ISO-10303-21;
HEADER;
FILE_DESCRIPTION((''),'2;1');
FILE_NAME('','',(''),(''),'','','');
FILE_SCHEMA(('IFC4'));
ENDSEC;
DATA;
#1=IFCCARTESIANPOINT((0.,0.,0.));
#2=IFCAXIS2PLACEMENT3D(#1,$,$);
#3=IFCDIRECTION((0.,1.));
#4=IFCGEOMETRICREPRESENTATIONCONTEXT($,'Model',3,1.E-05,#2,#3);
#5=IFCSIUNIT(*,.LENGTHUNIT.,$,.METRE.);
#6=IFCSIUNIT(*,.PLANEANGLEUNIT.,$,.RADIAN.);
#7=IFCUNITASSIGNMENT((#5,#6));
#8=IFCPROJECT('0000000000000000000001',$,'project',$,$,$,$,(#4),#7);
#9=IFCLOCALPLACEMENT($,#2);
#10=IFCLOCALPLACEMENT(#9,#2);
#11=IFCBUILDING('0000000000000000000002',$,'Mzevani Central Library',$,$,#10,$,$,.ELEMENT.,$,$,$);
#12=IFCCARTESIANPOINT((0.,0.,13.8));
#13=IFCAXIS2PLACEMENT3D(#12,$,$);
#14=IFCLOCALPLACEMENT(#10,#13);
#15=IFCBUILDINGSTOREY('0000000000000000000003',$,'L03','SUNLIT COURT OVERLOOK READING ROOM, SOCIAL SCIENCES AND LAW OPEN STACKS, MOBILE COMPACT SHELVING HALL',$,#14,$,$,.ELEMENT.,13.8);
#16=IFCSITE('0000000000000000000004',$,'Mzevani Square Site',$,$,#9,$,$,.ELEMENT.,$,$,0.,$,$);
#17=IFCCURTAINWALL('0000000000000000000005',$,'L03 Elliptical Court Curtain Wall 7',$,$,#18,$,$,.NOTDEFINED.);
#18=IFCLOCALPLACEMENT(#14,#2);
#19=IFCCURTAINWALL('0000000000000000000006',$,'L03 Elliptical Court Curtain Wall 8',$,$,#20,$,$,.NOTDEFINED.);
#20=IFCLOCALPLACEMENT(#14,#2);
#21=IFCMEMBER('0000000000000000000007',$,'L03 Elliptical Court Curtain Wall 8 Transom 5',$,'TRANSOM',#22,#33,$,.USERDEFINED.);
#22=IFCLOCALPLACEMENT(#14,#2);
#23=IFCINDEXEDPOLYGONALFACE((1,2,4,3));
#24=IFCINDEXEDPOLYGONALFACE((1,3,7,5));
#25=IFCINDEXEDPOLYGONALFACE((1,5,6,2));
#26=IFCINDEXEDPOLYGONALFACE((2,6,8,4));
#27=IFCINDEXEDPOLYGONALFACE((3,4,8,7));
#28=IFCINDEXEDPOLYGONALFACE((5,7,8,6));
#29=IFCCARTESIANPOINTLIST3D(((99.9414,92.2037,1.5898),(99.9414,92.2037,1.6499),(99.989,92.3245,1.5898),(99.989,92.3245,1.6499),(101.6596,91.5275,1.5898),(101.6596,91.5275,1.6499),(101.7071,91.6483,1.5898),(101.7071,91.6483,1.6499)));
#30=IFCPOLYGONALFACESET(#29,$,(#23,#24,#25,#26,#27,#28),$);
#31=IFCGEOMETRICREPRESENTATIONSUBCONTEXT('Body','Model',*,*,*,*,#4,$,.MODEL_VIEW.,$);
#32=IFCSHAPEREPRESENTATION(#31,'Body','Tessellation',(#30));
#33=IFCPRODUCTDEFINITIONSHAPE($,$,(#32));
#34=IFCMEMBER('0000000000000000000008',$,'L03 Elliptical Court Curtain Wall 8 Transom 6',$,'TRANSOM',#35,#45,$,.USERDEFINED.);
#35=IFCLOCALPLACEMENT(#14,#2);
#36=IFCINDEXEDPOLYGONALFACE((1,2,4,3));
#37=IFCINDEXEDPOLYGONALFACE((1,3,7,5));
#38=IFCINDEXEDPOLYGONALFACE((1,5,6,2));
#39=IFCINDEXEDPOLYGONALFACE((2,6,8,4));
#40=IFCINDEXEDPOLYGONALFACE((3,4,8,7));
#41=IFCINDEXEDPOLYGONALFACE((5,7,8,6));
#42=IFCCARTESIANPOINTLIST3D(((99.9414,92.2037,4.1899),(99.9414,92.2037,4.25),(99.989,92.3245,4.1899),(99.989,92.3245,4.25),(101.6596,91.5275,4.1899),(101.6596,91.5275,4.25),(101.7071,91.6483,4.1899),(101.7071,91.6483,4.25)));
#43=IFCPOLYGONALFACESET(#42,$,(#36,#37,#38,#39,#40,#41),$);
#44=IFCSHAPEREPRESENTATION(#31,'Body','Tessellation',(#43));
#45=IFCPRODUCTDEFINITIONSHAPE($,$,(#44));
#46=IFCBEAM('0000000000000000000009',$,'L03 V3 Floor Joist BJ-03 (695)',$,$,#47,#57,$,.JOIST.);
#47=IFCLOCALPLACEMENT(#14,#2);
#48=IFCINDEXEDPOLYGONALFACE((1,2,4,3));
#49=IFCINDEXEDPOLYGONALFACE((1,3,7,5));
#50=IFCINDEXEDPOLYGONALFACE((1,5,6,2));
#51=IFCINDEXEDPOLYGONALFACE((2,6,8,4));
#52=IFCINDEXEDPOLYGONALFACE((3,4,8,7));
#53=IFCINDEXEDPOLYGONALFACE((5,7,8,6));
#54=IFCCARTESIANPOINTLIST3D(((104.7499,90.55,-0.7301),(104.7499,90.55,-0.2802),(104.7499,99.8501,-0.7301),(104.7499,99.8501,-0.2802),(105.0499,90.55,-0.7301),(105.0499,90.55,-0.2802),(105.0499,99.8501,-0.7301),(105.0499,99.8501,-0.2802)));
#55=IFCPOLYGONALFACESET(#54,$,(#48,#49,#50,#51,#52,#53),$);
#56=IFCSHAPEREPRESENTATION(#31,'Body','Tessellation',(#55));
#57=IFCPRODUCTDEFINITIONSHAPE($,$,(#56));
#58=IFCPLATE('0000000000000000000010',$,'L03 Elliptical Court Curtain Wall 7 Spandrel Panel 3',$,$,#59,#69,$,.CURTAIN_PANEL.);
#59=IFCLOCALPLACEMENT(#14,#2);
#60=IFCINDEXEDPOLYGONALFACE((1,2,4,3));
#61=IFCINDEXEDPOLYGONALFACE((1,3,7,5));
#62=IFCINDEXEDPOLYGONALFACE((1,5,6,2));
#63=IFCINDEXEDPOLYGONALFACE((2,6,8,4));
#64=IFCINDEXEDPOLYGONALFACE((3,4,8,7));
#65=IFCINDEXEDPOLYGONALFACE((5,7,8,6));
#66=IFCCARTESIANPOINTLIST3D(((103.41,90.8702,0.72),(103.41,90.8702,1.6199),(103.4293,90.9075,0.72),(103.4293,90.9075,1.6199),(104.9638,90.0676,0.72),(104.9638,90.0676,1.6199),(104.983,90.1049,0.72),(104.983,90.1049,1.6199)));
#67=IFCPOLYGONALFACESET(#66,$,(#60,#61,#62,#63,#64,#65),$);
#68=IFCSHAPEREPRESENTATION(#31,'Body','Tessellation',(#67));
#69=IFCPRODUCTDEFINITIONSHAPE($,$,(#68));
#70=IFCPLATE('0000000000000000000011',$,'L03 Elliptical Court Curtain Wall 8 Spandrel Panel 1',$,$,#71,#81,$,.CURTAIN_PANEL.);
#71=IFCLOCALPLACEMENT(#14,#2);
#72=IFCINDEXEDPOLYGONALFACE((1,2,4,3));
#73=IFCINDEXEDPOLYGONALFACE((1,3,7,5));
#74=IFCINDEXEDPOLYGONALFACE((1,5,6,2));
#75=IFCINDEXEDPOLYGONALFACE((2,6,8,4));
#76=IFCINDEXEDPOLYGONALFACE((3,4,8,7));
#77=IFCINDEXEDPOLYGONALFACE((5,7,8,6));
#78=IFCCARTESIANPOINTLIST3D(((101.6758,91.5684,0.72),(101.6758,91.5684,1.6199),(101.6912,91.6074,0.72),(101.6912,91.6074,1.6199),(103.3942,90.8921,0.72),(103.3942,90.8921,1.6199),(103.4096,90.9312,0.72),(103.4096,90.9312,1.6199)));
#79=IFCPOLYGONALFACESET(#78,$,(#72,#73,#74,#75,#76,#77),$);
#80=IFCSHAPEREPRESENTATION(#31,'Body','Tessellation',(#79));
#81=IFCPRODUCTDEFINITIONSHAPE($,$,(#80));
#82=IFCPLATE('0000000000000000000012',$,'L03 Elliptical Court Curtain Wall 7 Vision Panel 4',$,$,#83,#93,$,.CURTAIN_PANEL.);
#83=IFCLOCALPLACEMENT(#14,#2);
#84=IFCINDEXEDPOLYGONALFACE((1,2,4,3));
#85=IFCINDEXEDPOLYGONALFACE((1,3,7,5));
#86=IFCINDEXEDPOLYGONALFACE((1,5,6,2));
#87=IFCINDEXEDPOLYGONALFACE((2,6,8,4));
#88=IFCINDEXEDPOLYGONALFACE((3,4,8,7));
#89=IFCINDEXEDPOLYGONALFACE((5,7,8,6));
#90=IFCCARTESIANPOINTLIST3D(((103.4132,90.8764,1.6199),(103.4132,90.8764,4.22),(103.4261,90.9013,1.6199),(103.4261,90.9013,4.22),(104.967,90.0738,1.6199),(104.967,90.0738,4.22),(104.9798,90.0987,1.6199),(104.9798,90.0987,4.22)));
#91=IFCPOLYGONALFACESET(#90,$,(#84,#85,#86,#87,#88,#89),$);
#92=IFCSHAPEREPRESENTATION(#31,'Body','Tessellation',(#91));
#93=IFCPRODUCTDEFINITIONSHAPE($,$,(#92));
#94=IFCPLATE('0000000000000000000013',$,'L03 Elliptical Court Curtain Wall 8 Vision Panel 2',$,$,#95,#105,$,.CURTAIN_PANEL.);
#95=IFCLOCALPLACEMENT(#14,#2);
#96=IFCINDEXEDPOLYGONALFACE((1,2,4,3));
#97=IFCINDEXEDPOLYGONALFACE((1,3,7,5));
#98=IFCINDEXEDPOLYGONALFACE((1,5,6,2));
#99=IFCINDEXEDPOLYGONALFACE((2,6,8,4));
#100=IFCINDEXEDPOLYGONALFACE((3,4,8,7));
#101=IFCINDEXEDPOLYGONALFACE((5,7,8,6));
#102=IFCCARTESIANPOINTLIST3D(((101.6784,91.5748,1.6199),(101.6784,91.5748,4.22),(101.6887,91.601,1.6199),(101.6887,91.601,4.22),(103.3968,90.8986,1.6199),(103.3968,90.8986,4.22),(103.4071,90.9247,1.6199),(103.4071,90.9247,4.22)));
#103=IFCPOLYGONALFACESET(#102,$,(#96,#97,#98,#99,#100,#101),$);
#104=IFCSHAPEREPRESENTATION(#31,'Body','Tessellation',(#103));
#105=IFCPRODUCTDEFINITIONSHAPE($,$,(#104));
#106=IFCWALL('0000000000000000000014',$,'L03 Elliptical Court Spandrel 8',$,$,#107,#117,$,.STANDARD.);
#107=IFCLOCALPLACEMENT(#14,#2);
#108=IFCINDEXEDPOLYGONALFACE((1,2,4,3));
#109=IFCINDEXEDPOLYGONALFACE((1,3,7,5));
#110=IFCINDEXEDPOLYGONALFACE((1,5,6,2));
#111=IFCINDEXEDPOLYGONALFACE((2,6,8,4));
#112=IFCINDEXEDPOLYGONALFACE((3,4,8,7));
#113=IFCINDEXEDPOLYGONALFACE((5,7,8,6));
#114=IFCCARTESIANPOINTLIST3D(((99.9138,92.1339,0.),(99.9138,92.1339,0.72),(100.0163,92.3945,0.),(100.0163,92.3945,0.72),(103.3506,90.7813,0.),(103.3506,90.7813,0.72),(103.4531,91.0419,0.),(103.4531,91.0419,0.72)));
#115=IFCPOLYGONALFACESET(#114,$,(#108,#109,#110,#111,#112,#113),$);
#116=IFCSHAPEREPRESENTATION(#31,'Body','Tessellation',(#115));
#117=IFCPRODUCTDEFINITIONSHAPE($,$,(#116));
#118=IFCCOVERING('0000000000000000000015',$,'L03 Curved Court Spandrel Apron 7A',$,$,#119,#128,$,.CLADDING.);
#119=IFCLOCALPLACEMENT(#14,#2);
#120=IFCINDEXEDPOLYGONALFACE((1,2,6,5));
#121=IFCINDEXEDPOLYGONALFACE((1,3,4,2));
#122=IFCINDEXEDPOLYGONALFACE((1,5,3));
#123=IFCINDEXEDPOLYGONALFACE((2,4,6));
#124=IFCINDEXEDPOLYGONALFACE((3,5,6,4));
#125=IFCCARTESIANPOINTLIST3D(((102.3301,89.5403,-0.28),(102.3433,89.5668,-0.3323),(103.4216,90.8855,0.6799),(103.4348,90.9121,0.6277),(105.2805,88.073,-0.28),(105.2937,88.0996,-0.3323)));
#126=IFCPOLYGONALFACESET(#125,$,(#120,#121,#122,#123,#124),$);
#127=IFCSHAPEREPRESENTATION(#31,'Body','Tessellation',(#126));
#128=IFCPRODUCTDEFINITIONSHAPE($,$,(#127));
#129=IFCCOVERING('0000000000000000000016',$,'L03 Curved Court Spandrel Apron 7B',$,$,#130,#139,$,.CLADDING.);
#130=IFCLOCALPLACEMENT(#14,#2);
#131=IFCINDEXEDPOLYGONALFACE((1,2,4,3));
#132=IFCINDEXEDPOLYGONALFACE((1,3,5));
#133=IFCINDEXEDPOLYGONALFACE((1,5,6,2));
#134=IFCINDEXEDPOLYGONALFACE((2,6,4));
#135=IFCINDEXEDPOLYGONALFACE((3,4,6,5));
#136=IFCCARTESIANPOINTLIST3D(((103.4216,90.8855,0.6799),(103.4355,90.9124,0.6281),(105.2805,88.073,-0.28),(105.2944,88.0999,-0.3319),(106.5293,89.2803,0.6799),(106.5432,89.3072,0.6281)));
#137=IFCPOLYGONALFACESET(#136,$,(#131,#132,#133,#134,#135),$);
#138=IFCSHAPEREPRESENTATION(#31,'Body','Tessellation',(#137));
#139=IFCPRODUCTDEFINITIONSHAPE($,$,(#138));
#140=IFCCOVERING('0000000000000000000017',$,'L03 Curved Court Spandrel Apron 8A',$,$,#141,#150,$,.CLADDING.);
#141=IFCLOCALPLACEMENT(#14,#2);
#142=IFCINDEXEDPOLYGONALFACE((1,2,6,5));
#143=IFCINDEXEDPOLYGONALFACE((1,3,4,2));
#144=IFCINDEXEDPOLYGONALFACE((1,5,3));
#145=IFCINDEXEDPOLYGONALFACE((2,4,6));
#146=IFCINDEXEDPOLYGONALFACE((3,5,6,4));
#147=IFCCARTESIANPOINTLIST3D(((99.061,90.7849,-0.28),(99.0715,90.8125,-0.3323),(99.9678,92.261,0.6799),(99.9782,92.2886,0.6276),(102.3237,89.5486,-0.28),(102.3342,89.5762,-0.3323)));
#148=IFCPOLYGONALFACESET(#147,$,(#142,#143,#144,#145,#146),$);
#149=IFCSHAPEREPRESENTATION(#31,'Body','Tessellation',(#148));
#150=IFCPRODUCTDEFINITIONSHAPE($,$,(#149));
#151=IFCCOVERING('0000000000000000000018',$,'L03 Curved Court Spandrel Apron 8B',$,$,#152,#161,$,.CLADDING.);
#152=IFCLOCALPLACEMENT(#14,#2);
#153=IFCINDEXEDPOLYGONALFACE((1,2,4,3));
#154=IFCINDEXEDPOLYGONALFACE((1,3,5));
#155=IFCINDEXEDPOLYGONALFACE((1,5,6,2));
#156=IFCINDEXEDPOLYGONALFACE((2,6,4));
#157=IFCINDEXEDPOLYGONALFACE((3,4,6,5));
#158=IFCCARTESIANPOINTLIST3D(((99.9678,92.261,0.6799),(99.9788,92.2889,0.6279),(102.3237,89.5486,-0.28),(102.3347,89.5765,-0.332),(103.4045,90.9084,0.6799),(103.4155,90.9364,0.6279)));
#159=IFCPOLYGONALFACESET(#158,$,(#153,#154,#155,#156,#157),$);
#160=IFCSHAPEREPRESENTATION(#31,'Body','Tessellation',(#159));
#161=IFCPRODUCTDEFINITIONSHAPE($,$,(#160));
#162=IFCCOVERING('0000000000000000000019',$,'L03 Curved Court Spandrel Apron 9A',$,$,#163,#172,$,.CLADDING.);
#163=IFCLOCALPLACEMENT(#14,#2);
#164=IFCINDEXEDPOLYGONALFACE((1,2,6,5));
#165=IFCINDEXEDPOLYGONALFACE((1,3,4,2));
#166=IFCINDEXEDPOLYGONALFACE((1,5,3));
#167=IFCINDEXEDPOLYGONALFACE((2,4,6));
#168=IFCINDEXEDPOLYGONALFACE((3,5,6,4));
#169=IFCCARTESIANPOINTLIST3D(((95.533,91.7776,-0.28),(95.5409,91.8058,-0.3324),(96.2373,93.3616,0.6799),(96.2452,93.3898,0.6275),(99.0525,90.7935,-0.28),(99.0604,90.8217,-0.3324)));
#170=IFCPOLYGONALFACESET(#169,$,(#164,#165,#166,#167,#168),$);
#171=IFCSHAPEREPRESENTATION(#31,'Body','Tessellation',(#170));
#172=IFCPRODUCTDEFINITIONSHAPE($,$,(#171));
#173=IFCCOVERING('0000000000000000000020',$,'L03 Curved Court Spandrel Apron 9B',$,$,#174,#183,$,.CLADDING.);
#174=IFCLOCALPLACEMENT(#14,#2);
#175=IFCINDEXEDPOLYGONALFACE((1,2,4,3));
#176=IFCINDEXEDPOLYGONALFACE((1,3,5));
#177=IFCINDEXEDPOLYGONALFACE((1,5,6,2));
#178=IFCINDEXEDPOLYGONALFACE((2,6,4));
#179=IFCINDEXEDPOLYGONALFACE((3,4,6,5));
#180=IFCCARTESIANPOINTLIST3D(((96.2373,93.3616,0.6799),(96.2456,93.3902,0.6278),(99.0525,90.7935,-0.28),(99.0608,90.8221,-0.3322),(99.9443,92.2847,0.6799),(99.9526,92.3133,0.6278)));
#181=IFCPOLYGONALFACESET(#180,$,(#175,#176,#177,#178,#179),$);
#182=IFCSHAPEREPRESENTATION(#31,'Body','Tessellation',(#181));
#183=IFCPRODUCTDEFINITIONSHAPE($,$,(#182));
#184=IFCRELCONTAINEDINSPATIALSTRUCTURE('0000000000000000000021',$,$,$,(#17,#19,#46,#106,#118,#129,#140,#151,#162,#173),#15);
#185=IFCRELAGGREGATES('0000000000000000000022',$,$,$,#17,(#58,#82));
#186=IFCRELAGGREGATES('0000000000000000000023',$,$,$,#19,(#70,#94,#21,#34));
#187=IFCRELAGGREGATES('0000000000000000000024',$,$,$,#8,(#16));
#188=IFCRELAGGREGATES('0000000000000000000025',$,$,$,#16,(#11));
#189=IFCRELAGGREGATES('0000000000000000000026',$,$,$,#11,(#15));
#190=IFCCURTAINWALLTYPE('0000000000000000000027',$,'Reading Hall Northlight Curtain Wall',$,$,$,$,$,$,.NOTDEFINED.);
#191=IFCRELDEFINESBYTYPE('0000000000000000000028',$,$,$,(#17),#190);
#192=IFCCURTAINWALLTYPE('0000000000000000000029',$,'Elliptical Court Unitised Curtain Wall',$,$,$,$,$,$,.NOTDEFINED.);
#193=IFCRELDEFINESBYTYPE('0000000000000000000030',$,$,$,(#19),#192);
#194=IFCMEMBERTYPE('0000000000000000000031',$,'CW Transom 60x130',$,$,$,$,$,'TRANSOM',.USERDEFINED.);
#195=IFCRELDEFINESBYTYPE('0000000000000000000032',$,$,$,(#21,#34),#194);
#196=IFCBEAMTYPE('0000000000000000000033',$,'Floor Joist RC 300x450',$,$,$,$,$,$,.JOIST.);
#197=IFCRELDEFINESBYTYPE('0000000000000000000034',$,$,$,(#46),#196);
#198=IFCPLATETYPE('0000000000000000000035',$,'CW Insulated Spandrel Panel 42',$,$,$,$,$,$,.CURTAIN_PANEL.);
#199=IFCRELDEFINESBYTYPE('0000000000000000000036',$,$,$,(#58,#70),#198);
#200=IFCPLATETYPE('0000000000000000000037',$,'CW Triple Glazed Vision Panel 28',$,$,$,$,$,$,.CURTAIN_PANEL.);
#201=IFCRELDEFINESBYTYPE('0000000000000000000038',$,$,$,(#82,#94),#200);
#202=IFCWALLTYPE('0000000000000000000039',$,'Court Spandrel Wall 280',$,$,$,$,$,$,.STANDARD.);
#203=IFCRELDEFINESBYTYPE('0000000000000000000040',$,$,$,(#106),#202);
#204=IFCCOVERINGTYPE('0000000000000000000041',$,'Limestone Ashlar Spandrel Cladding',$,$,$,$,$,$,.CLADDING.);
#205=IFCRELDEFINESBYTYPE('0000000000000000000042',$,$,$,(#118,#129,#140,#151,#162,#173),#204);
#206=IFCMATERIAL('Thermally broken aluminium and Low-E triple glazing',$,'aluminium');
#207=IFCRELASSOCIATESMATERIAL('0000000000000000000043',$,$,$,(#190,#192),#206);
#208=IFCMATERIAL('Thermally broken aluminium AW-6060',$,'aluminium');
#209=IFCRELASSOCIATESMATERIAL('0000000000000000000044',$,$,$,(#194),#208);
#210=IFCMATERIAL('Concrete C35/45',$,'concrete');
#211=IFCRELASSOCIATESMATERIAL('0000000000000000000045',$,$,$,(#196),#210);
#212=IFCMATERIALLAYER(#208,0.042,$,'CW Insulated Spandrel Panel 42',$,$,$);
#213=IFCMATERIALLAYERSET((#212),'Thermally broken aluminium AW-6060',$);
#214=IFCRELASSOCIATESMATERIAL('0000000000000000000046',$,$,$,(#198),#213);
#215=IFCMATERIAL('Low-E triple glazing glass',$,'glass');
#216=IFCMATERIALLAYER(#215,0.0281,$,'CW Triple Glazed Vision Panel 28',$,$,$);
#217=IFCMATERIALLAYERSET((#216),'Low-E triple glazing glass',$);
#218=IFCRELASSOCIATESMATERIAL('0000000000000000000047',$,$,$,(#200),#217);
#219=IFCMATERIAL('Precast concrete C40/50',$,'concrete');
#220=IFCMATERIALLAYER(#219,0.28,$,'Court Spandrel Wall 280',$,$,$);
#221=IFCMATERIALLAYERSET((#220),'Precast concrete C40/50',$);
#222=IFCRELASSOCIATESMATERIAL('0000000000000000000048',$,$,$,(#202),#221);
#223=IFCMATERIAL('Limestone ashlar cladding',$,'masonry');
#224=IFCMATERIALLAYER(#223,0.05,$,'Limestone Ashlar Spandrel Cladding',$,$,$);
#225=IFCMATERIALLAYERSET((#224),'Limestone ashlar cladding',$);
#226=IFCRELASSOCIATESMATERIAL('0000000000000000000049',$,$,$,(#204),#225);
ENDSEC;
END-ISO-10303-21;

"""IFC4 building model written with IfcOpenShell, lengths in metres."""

from ifc_helpers import new_model, si_unit, direction, frame, frame_2d, origin, origin_2d, place, context, subcontext, project, spatial, polyline, rectangle, outline, extrude, material, layer, layer_set, material_profile, profile_set, type_object, element, aggregate, save


model = new_model("IFC4")

# Units and contexts
model_context = context("Model", 3, precision=1e-05, world=origin(), true_north=direction((0.0, 1.0)))
body_context = subcontext(model_context, "Body", "Model", "MODEL_VIEW")
ifc_project = project(units=[si_unit("LENGTHUNIT", "METRE"), si_unit("PLANEANGLEUNIT", "RADIAN")], contexts=[model_context])

# Site, building, storey
site_placement = place(None, origin())
site = spatial("IfcSite", under=ifc_project, at=site_placement, Name="Mzevani Square Site", CompositionType="ELEMENT", RefElevation=0.0)
building_placement = place(site_placement, origin())
building = spatial("IfcBuilding", under=site, at=building_placement, Name="Mzevani Central Library", CompositionType="ELEMENT")
storey_placement = place(building_placement, frame((0.0, 0.0, 13.8)))
storey = spatial("IfcBuildingStorey", under=building, at=storey_placement, Name="L03", Description="SUNLIT COURT OVERLOOK READING ROOM, SOCIAL SCIENCES AND LAW OPEN STACKS, MOBILE COMPACT SHELVING HALL", CompositionType="ELEMENT", Elevation=13.8)

# Shared definitions
ifc_material_1 = material(Name="Concrete C35/45", Category="concrete")

# Curtain walls
ifc_material_2 = material(Name="Thermally broken aluminium and Low-E triple glazing", Category="aluminium")
curtain_wall_type_1 = type_object("IfcCurtainWallType", Name="Reading Hall Northlight Curtain Wall", PredefinedType="NOTDEFINED", material=ifc_material_2)
curtain_wall_1_placement = place(storey_placement, origin())
curtain_wall_1 = element("IfcCurtainWall", 1, at=curtain_wall_1_placement, inside=storey, type_object=curtain_wall_type_1, Name="L03 Elliptical Court Curtain Wall 7", PredefinedType="NOTDEFINED")
ifc_material_3 = material(Name="Thermally broken aluminium AW-6060", Category="aluminium")
curtain_wall_type_2 = type_object("IfcCurtainWallType", Name="Elliptical Court Unitised Curtain Wall", PredefinedType="NOTDEFINED", material=ifc_material_2)
curtain_wall_2_placement = place(storey_placement, origin())
curtain_wall_2 = element("IfcCurtainWall", 2, at=curtain_wall_2_placement, inside=storey, type_object=curtain_wall_type_2, Name="L03 Elliptical Court Curtain Wall 8", PredefinedType="NOTDEFINED")

# Members
ifc_material_profile_1 = material_profile(ifc_material_3, rectangle(XDim=0.1299, YDim=0.0601, at=origin_2d()), Name="ALU T60x130")
ifc_profile_set_1 = profile_set([ifc_material_profile_1], Name="Thermally broken aluminium AW-6060")
member_type_1 = type_object("IfcMemberType", Name="CW Transom 60x130", ElementType="TRANSOM", PredefinedType="USERDEFINED", material=ifc_profile_set_1)
member_1_placement = place(storey_placement, frame((101.6833, 91.5879, 1.6199), z_axis=(-0.930523, 0.366233, 0.0), x_axis=(-0.366233, -0.930523, 0.0)))
member_1 = element("IfcMember", 3, at=member_1_placement, type_object=member_type_1, Name="L03 Elliptical Court Curtain Wall 8 Transom 5", ObjectType="TRANSOM", PredefinedType="USERDEFINED", context=body_context, shape_type="SweptSolid", body=[
    extrude(rectangle(XDim=0.1299, YDim=0.0601, at=origin_2d()), origin(), (0.0, 0.0, 1.0), 1.8464),
])
member_2_placement = place(storey_placement, frame((101.6833, 91.5879, 4.22), z_axis=(-0.930523, 0.366233, 0.0), x_axis=(-0.366233, -0.930523, 0.0)))
member_2 = element("IfcMember", 4, at=member_2_placement, type_object=member_type_1, Name="L03 Elliptical Court Curtain Wall 8 Transom 6", ObjectType="TRANSOM", PredefinedType="USERDEFINED", context=body_context, shape_type="SweptSolid", body=[
    extrude(rectangle(XDim=0.1299, YDim=0.0601, at=origin_2d()), origin(), (0.0, 0.0, 1.0), 1.8464),
])

# Beam
ifc_material_profile_2 = material_profile(ifc_material_1, rectangle(XDim=0.3, YDim=0.45, at=origin_2d()), Name="RC J300x450")
ifc_profile_set_2 = profile_set([ifc_material_profile_2], Name="Concrete C35/45")
beam_type_1 = type_object("IfcBeamType", Name="Floor Joist RC 300x450", PredefinedType="JOIST", material=ifc_profile_set_2)
beam_1_placement = place(storey_placement, frame((104.8999, 90.55, -0.5051), z_axis=(0.0, 1.0, 0.0), x_axis=(-1.0, 0.0, 0.0)))
element("IfcBeam", 5, at=beam_1_placement, inside=storey, type_object=beam_type_1, Name="L03 V3 Floor Joist BJ-03 (695)", PredefinedType="JOIST", context=body_context, shape_type="SweptSolid", body=[
    extrude(rectangle(XDim=0.3, YDim=0.45, at=origin_2d()), origin(), (0.0, 0.0, 1.0), 9.3),
])

# Plates
ifc_layer_1 = layer(ifc_material_3, 0.042, Name="CW Insulated Spandrel Panel 42")
ifc_layer_set_1 = layer_set([ifc_layer_1], Name="Thermally broken aluminium AW-6060")
plate_type_1 = type_object("IfcPlateType", Name="CW Insulated Spandrel Panel 42", PredefinedType="CURTAIN_PANEL", material=ifc_layer_set_1)
plate_1_placement = place(storey_placement, frame((104.1965, 90.4875, 0.72), z_axis=(0.0, 0.0, 1.0), x_axis=(-0.888466, 0.458943, 0.0)))
plate_1 = element("IfcPlate", 6, at=plate_1_placement, type_object=plate_type_1, Name="L03 Elliptical Court Curtain Wall 7 Spandrel Panel 3", PredefinedType="CURTAIN_PANEL", context=body_context, shape_type="SweptSolid", body=[
    extrude(rectangle(XDim=1.7488, YDim=0.042, at=origin_2d()), origin(), (0.0, 0.0, 1.0), 0.8999),
])
plate_2_placement = place(storey_placement, frame((102.5427, 91.2498, 0.72), z_axis=(0.0, 0.0, 1.0), x_axis=(-0.930531, 0.366212, 0.0)))
plate_2 = element("IfcPlate", 7, at=plate_2_placement, type_object=plate_type_1, Name="L03 Elliptical Court Curtain Wall 8 Spandrel Panel 1", PredefinedType="CURTAIN_PANEL", context=body_context, shape_type="SweptSolid", body=[
    extrude(rectangle(XDim=1.8467, YDim=0.042, at=origin_2d()), origin(), (0.0, 0.0, 1.0), 0.8999),
])
ifc_material_4 = material(Name="Low-E triple glazing glass", Category="glass")
ifc_layer_2 = layer(ifc_material_4, 0.0281, Name="CW Triple Glazed Vision Panel 28")
ifc_layer_set_2 = layer_set([ifc_layer_2], Name="Low-E triple glazing glass")
plate_type_2 = type_object("IfcPlateType", Name="CW Triple Glazed Vision Panel 28", PredefinedType="CURTAIN_PANEL", material=ifc_layer_set_2)
plate_3_placement = place(storey_placement, frame((104.1965, 90.4875, 1.6199), z_axis=(0.0, 0.0, 1.0), x_axis=(-0.888466, 0.458943, 0.0)))
plate_3 = element("IfcPlate", 8, at=plate_3_placement, type_object=plate_type_2, Name="L03 Elliptical Court Curtain Wall 7 Vision Panel 4", PredefinedType="CURTAIN_PANEL", context=body_context, shape_type="SweptSolid", body=[
    extrude(rectangle(XDim=1.7488, YDim=0.0281, at=origin_2d()), origin(), (0.0, 0.0, 1.0), 2.6001),
])
aggregate(curtain_wall_1, [plate_1, plate_3])
plate_4_placement = place(storey_placement, frame((102.5427, 91.2498, 1.6199), z_axis=(0.0, 0.0, 1.0), x_axis=(-0.930531, 0.366212, 0.0)))
plate_4 = element("IfcPlate", 9, at=plate_4_placement, type_object=plate_type_2, Name="L03 Elliptical Court Curtain Wall 8 Vision Panel 2", PredefinedType="CURTAIN_PANEL", context=body_context, shape_type="SweptSolid", body=[
    extrude(rectangle(XDim=1.8467, YDim=0.0281, at=origin_2d()), origin(), (0.0, 0.0, 1.0), 2.6001),
])
aggregate(curtain_wall_2, [plate_2, plate_4, member_1, member_2])

# Wall
ifc_material_5 = material(Name="Precast concrete C40/50", Category="concrete")
ifc_layer_3 = layer(ifc_material_5, 0.28, Name="Court Spandrel Wall 280")
ifc_layer_set_3 = layer_set([ifc_layer_3], Name="Precast concrete C40/50")
wall_type = type_object("IfcWallType", Name="Court Spandrel Wall 280", PredefinedType="STANDARD", material=ifc_layer_set_3)
wall_placement = place(storey_placement, frame((103.4019, 90.9116, 0.0), z_axis=(0.0, 0.0, 1.0), x_axis=(-0.930532, 0.366211, 0.0)))
element("IfcWall", 10, at=wall_placement, inside=storey, type_object=wall_type, Name="L03 Elliptical Court Spandrel 8", PredefinedType="STANDARD", context=body_context, shape_type="SweptSolid", body=[
    extrude(rectangle(XDim=3.6934, YDim=0.28, at=frame_2d((1.8467, 0.0))), origin(), (0.0, 0.0, 1.0), 0.72),
])

# Coverings
ifc_material_6 = material(Name="Limestone ashlar cladding", Category="masonry")
ifc_layer_4 = layer(ifc_material_6, 0.05, Name="Limestone Ashlar Spandrel Cladding")
ifc_layer_set_4 = layer_set([ifc_layer_4], Name="Limestone ashlar cladding")
covering_type = type_object("IfcCoveringType", Name="Limestone Ashlar Spandrel Cladding", PredefinedType="CLADDING", material=ifc_layer_set_4)
covering_1_placement = place(storey_placement, frame((105.2805, 88.073, -0.28), z_axis=(-0.219876, -0.44213, 0.869584), x_axis=(-0.895388, 0.445286, 0.0)))
element("IfcCovering", 11, at=covering_1_placement, inside=storey, type_object=covering_type, Name="L03 Curved Court Spandrel Apron 7A", PredefinedType="CLADDING", context=body_context, shape_type="SweptSolid", body=[
    extrude(outline(polyline([(0.0, 0.0), (3.2952, 0.0), (2.9168, -1.9441), (0.0, 0.0)])), origin(), (0.0, 0.0, -1.0), 0.0601),
])
covering_2_placement = place(storey_placement, frame((105.2805, 88.073, -0.28), z_axis=(-0.231232, -0.447658, 0.86379), x_axis=(-0.530307, 0.802356, 0.27386)))
element("IfcCovering", 12, at=covering_2_placement, inside=storey, type_object=covering_type, Name="L03 Curved Court Spandrel Apron 7B", PredefinedType="CLADDING", context=body_context, shape_type="SweptSolid", body=[
    extrude(outline(polyline([(0.0, 0.0), (3.5053, 0.0), (0.5693, -1.9011), (0.0, 0.0)])), origin(), (0.0, 0.0, -1.0), 0.0601),
])
covering_3_placement = place(storey_placement, frame((102.3237, 89.5486, -0.28), z_axis=(-0.174108, -0.459474, 0.87096), x_axis=(-0.935116, 0.354342, 0.0)))
element("IfcCovering", 13, at=covering_3_placement, inside=storey, type_object=covering_type, Name="L03 Curved Court Spandrel Apron 8A", PredefinedType="CLADDING", context=body_context, shape_type="SweptSolid", body=[
    extrude(outline(polyline([(0.0, 0.0), (3.4891, 0.0), (3.1642, -1.9537), (0.0, 0.0)])), origin(), (0.0, 0.0, -1.0), 0.0601),
])
covering_4_placement = place(storey_placement, frame((102.3237, 89.5486, -0.28), z_axis=(-0.183229, -0.465581, 0.86583), x_axis=(-0.633533, 0.729383, 0.25814)))
element("IfcCovering", 14, at=covering_4_placement, inside=storey, type_object=covering_type, Name="L03 Curved Court Spandrel Apron 8B", PredefinedType="CLADDING", context=body_context, shape_type="SweptSolid", body=[
    extrude(outline(polyline([(0.0, 0.0), (3.7188, 0.0), (0.5549, -1.9055), (0.0, 0.0)])), origin(), (0.0, 0.0, -1.0), 0.0601),
])
covering_5_placement = place(storey_placement, frame((99.0525, 90.7935, -0.28), z_axis=(-0.131522, -0.47036, 0.872619), x_axis=(-0.963059, 0.26929, 0.0)))
element("IfcCovering", 15, at=covering_5_placement, inside=storey, type_object=covering_type, Name="L03 Curved Court Spandrel Apron 9A", PredefinedType="CLADDING", context=body_context, shape_type="SweptSolid", body=[
    extrude(outline(polyline([(0.0, 0.0), (3.6545, 0.0), (3.4028, -1.9655), (0.0, 0.0)])), origin(), (0.0, 0.0, -1.0), 0.0601),
])
covering_6_placement = place(storey_placement, frame((99.0525, 90.7935, -0.28), z_axis=(-0.138354, -0.476255, 0.868355), x_axis=(-0.716399, 0.653526, 0.244288)))
element("IfcCovering", 16, at=covering_6_placement, inside=storey, type_object=covering_type, Name="L03 Curved Court Spandrel Apron 9B", PredefinedType="CLADDING", context=body_context, shape_type="SweptSolid", body=[
    extrude(outline(polyline([(0.0, 0.0), (3.9296, 0.0), (0.5701, -1.9015), (0.0, 0.0)])), origin(), (0.0, 0.0, -1.0), 0.0601),
])

save(model, "model.ifc")
